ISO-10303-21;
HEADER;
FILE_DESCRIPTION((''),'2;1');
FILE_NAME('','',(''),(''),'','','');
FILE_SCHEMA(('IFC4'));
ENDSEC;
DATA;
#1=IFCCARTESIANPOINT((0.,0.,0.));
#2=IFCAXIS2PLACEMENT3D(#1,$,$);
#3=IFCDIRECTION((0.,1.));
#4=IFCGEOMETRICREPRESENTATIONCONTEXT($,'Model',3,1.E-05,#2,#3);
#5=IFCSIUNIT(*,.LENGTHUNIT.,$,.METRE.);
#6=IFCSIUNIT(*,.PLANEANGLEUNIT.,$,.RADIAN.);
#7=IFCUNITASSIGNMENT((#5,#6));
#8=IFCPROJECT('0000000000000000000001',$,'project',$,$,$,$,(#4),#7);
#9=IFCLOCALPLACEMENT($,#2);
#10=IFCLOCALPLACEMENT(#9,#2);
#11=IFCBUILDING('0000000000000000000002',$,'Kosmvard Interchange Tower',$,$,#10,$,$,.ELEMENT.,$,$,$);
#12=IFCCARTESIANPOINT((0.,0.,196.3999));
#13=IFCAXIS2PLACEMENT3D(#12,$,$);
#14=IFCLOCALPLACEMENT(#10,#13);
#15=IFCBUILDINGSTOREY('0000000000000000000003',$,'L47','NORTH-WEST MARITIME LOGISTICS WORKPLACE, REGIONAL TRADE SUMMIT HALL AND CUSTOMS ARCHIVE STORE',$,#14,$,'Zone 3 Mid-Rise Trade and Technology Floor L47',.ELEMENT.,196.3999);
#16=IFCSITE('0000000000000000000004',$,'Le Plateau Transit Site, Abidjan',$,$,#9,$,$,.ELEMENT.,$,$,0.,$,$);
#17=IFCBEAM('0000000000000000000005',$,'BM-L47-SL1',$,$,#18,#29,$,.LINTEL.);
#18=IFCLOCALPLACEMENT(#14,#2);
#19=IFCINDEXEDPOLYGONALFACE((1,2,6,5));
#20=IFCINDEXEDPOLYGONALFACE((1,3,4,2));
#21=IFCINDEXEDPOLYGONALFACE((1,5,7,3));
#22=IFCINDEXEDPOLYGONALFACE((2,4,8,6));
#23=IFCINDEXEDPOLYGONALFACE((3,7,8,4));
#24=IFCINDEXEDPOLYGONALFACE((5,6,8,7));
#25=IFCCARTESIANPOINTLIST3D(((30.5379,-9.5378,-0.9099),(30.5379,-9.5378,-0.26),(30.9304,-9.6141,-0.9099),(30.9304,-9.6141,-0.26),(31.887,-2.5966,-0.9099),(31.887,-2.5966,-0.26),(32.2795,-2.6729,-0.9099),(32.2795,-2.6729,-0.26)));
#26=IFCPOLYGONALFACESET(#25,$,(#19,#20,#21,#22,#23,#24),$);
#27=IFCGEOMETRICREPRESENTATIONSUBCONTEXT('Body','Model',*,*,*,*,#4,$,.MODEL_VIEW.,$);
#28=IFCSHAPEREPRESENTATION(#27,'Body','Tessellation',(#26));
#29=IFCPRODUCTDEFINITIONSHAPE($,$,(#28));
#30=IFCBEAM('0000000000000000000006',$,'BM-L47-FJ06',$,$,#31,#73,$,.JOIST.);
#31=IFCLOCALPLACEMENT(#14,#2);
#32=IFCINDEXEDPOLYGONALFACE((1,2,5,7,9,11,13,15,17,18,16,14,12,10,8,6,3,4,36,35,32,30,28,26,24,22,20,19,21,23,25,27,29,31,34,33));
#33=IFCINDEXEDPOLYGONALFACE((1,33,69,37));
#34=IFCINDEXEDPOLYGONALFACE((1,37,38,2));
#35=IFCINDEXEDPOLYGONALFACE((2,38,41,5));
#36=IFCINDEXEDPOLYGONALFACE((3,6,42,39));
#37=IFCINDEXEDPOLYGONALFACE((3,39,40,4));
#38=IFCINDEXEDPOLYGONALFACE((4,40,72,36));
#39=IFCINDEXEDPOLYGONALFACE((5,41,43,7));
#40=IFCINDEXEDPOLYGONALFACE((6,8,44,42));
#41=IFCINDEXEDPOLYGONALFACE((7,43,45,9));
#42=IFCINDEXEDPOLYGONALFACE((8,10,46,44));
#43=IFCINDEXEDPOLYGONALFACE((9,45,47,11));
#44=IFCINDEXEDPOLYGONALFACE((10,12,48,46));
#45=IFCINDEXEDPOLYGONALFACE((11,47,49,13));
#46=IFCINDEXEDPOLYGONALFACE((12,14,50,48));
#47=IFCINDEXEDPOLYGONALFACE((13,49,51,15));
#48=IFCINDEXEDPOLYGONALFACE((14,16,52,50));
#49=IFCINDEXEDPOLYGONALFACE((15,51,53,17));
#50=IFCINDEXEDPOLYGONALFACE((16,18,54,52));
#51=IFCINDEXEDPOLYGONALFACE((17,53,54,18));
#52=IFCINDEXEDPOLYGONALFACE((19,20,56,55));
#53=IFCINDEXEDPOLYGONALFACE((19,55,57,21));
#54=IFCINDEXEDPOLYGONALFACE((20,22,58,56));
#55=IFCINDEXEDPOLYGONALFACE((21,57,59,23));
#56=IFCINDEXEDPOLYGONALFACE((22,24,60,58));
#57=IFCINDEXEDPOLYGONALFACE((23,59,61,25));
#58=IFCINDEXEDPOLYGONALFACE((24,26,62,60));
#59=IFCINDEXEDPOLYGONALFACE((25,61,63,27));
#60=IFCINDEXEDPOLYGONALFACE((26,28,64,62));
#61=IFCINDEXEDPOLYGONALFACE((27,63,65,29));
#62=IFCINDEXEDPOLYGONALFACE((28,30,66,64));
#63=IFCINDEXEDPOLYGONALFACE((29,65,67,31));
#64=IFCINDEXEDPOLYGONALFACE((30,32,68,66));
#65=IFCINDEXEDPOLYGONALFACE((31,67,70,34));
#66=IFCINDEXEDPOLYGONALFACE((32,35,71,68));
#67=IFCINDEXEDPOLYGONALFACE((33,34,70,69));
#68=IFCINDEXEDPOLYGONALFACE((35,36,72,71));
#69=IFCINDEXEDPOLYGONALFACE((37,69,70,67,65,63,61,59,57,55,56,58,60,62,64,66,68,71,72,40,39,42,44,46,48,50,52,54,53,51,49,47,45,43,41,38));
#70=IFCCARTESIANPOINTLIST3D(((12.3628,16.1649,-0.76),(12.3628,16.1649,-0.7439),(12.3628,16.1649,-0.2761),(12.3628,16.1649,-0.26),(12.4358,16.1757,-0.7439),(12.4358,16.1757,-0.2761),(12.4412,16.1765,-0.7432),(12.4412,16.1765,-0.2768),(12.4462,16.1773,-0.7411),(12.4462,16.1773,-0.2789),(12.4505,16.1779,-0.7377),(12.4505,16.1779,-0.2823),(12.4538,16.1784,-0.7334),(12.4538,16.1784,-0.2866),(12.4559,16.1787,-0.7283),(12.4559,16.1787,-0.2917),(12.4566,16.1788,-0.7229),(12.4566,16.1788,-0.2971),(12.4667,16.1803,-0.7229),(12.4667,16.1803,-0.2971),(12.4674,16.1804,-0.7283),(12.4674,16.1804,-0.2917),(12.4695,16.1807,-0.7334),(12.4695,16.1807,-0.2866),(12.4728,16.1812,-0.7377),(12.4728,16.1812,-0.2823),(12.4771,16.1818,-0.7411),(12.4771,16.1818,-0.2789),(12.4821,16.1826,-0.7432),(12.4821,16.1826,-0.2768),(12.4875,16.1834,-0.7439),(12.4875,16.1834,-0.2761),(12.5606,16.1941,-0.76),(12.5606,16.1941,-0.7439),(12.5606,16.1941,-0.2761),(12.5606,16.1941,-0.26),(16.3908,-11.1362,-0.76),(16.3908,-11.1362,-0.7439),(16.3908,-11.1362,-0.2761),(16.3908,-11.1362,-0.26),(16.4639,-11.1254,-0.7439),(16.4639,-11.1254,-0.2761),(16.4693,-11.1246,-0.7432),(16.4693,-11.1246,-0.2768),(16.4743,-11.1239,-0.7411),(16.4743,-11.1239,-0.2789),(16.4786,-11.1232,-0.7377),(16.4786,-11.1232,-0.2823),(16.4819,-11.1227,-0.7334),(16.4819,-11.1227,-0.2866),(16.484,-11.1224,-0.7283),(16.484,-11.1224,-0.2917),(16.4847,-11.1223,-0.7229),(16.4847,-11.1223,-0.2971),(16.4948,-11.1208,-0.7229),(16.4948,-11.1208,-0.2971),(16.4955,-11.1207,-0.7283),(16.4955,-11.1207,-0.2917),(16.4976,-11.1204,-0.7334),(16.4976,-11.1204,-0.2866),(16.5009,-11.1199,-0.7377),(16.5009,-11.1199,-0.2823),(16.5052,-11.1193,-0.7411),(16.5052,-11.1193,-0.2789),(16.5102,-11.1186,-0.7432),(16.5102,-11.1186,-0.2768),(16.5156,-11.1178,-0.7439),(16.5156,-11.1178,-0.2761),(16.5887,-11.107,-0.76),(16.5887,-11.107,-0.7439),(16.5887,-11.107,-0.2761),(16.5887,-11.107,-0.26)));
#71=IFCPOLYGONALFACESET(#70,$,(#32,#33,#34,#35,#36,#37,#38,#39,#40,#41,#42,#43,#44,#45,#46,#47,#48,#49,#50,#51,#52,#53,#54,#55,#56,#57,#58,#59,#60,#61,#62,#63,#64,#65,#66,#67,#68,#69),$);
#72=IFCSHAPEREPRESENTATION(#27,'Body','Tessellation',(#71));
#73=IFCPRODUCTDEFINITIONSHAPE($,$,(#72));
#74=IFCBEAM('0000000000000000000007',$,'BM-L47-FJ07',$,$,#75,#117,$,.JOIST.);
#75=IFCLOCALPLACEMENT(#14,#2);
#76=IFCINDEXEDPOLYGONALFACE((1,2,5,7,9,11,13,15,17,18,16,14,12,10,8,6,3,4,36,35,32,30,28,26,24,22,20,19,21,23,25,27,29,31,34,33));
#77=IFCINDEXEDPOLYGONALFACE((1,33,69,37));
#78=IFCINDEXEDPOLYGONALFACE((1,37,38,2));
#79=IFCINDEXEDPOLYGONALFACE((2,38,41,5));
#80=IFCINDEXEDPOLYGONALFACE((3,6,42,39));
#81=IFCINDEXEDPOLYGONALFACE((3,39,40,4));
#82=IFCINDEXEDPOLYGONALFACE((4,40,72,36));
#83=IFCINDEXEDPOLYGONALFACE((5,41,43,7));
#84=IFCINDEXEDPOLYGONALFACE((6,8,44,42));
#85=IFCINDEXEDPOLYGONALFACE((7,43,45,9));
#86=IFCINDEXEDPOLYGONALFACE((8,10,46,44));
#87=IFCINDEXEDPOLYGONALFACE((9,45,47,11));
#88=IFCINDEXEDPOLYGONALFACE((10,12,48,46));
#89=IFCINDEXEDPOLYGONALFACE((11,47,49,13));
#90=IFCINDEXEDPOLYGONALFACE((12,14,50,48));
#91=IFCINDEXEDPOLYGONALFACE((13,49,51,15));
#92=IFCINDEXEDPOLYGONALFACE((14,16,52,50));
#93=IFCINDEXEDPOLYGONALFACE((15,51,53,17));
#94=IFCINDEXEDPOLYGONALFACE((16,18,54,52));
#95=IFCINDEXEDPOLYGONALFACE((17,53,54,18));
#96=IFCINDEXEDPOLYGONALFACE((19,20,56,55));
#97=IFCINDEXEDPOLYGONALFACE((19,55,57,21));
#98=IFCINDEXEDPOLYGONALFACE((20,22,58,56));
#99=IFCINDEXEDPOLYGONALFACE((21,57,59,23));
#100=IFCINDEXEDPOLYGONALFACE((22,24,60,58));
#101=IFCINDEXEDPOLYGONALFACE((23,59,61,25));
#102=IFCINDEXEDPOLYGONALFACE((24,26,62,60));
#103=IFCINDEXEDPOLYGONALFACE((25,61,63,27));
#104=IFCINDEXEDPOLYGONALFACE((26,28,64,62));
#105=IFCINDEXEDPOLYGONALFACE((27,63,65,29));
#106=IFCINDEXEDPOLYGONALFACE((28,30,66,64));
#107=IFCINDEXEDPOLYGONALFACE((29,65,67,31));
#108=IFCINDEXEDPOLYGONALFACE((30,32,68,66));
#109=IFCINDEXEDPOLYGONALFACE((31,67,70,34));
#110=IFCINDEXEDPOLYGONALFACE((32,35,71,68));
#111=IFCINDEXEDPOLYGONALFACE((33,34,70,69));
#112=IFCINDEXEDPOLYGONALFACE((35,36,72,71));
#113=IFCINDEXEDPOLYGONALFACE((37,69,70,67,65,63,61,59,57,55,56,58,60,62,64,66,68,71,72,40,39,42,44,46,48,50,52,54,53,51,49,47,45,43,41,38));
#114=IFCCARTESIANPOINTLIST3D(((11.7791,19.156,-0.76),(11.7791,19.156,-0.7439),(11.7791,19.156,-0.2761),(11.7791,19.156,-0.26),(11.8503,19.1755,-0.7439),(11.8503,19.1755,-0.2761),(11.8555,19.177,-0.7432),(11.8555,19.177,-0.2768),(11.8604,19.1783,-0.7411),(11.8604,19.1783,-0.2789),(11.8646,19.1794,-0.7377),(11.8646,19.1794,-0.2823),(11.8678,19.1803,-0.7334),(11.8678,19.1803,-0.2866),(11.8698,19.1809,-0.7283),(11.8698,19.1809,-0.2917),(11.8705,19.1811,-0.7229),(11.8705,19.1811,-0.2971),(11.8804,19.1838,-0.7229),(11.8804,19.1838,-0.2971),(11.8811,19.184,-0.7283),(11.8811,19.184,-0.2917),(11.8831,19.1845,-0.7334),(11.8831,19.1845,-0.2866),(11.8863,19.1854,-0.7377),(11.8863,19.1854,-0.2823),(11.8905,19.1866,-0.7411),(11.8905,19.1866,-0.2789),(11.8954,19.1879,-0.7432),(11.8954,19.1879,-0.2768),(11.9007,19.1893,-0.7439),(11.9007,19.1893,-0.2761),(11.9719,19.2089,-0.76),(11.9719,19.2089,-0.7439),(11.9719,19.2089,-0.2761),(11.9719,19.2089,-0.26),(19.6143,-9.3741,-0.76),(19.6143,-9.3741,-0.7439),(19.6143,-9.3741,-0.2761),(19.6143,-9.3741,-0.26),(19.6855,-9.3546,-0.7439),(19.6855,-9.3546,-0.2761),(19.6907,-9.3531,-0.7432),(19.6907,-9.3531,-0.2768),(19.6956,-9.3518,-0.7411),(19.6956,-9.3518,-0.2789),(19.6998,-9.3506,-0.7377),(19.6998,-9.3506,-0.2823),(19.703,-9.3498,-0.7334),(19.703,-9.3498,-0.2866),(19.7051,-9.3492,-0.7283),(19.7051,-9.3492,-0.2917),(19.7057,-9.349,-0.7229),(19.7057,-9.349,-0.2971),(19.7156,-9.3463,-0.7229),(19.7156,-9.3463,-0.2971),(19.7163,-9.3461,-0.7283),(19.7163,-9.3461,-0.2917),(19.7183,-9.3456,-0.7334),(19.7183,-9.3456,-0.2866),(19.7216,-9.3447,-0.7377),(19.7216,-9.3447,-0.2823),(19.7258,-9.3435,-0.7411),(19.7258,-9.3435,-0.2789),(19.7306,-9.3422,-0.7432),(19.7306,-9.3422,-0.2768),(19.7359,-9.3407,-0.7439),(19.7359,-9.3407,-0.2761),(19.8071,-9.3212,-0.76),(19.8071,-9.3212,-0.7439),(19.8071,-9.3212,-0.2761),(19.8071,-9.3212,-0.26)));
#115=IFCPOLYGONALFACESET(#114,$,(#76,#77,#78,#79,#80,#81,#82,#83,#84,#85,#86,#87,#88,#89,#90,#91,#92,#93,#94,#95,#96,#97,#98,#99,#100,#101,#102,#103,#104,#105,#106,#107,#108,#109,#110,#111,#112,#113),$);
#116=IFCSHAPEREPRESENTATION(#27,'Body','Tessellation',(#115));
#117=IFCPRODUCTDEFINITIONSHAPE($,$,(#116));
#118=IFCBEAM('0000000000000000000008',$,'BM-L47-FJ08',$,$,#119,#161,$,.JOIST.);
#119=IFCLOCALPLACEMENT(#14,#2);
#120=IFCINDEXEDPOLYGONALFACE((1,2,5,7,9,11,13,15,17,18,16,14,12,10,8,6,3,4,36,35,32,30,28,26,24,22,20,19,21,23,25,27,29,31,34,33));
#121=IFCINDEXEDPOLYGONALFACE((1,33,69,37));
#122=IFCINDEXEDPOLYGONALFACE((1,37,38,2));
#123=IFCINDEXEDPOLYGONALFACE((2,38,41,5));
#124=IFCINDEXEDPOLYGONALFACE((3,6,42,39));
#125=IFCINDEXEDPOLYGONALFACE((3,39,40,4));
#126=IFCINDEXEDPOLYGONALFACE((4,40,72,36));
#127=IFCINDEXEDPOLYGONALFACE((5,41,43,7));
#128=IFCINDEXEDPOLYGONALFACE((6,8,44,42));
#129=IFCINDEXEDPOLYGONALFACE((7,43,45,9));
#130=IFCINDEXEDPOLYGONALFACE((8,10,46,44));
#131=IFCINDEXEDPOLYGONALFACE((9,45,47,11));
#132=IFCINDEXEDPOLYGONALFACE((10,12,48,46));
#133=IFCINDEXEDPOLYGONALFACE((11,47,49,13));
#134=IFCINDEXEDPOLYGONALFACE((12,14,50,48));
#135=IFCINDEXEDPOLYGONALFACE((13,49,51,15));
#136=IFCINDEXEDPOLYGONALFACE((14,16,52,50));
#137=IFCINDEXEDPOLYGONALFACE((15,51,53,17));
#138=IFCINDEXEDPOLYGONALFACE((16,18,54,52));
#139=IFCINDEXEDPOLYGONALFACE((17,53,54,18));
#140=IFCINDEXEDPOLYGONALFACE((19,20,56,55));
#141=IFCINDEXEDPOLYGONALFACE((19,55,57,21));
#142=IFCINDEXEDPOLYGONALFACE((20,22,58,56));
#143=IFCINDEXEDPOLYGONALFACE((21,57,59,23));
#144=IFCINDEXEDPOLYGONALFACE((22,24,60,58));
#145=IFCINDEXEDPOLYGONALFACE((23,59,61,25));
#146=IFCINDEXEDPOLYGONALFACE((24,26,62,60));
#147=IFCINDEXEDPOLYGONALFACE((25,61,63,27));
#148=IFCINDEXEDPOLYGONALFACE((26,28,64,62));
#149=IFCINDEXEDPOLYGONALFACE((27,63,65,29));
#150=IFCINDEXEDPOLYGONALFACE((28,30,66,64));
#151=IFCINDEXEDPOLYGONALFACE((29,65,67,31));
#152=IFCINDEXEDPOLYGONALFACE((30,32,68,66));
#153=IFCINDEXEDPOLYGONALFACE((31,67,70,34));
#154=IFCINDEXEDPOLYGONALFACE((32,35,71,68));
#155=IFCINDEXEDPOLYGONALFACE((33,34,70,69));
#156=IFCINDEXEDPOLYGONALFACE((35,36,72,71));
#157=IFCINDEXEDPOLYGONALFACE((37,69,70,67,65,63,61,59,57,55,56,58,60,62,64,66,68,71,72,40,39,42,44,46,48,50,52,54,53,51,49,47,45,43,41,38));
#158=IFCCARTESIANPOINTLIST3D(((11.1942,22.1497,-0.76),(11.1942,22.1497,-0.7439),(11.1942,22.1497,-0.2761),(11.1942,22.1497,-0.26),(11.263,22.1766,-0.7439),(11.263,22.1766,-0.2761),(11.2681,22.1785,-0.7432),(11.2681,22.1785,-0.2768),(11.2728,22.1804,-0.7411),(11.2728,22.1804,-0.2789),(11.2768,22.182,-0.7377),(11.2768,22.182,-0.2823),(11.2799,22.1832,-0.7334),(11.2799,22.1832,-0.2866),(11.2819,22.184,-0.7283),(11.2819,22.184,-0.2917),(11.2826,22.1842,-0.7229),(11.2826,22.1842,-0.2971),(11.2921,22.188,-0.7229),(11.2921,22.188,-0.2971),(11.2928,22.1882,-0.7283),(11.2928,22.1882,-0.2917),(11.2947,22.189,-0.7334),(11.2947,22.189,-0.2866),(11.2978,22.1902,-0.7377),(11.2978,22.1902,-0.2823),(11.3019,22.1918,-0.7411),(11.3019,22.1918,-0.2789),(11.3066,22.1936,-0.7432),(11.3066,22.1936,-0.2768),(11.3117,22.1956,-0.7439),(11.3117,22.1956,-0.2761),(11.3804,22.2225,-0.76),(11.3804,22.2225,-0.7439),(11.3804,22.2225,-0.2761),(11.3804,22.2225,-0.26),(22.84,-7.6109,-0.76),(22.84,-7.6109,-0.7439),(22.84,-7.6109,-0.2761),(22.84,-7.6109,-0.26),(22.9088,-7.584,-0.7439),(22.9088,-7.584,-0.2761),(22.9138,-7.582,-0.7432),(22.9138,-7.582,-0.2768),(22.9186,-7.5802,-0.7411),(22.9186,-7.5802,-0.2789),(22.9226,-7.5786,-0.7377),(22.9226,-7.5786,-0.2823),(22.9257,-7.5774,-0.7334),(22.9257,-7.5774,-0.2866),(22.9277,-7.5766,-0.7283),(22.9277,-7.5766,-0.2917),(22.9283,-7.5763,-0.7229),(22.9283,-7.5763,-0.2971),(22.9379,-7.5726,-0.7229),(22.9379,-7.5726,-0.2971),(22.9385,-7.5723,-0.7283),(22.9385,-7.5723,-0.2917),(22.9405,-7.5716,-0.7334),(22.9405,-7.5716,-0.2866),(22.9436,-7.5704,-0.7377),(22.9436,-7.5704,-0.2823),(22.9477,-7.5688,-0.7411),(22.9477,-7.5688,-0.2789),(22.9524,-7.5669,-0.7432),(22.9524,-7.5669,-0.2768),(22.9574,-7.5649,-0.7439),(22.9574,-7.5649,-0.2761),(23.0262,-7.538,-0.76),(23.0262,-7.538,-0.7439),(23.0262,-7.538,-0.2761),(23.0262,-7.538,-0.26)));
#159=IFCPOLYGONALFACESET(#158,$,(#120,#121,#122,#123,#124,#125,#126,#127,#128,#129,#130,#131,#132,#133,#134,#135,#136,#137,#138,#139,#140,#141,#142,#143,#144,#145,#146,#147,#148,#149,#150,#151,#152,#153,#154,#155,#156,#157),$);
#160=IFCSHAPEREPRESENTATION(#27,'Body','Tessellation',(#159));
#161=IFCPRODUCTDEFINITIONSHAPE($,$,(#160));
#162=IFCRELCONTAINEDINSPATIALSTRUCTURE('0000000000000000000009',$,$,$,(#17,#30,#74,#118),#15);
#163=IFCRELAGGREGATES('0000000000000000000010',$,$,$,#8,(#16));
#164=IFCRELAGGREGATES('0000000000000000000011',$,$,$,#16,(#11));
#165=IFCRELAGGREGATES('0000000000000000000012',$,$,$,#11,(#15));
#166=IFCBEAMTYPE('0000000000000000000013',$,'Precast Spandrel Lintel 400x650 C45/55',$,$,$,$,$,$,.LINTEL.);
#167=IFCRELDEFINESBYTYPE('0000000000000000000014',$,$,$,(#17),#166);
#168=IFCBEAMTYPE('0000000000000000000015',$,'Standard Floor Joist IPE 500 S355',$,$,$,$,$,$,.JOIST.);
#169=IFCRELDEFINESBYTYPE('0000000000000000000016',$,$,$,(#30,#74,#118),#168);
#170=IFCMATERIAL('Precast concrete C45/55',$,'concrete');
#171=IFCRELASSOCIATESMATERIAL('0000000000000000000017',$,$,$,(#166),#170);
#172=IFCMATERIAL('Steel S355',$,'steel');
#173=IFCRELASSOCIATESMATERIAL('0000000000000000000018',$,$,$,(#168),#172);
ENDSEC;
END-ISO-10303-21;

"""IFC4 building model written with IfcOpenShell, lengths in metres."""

from ifc_helpers import new_model, si_unit, direction, frame, origin, origin_2d, place, context, subcontext, project, spatial, rectangle, i_section, extrude, source, transform, mapped, material, material_profile, profile_set, type_object, element, save


model = new_model("IFC4")

# Units and contexts
model_context = context("Model", 3, precision=1e-05, world=origin(), true_north=direction((0.0, 1.0)))
body_context = subcontext(model_context, "Body", "Model", "MODEL_VIEW")
ifc_project = project(units=[si_unit("LENGTHUNIT", "METRE"), si_unit("PLANEANGLEUNIT", "RADIAN")], contexts=[model_context])

# Site, building, storey
site_placement = place(None, origin())
site = spatial("IfcSite", under=ifc_project, at=site_placement, Name="Le Plateau Transit Site, Abidjan", CompositionType="ELEMENT", RefElevation=0.0)
building_placement = place(site_placement, origin())
building = spatial("IfcBuilding", under=site, at=building_placement, Name="Kosmvard Interchange Tower", CompositionType="ELEMENT")
storey_placement = place(building_placement, frame((0.0, 0.0, 196.3999)))
storey = spatial("IfcBuildingStorey", under=building, at=storey_placement, Name="L47", Description="NORTH-WEST MARITIME LOGISTICS WORKPLACE, REGIONAL TRADE SUMMIT HALL AND CUSTOMS ARCHIVE STORE", LongName="Zone 3 Mid-Rise Trade and Technology Floor L47", CompositionType="ELEMENT", Elevation=196.3999)

# Beams
ifc_material_1 = material(Name="Steel S355", Category="steel")
ifc_material_2 = material(Name="Precast concrete C45/55", Category="concrete")
ifc_material_profile_1 = material_profile(ifc_material_2, rectangle(XDim=0.3999, YDim=0.6499, at=origin_2d()), Name="SL 400x650")
ifc_profile_set_1 = profile_set([ifc_material_profile_1], Name="Precast concrete C45/55")
beam_type_1 = type_object("IfcBeamType", Name="Precast Spandrel Lintel 400x650 C45/55", PredefinedType="LINTEL", material=ifc_profile_set_1)
shared_shape_1 = source(origin(), body_context, "Body", "SweptSolid", [
    extrude(rectangle(XDim=0.3999, YDim=0.6499, at=origin_2d()), origin(), (0.0, 0.0, 1.0), 7.071),
])
beam_1_placement = place(storey_placement, frame((30.7341, -9.5759, -0.585), z_axis=(0.190795, 0.98163, 0.0), x_axis=(-0.98163, 0.190795, 0.0)))
element("IfcBeam", 1, at=beam_1_placement, inside=storey, type_object=beam_type_1, Name="BM-L47-SL1", PredefinedType="LINTEL", context=body_context, shape_type="MappedRepresentation", body=[
    mapped(shared_shape_1, transform((0.0, 0.0, 0.0), scale=1.0)),
])
ifc_material_profile_2 = material_profile(ifc_material_1, i_section(OverallWidth=0.2, OverallDepth=0.5, WebThickness=0.0103, FlangeThickness=0.0161, FilletRadius=0.021, at=origin_2d()), Name="IPE 500")
ifc_profile_set_2 = profile_set([ifc_material_profile_2], Name="Steel S355")
beam_type_2 = type_object("IfcBeamType", Name="Standard Floor Joist IPE 500 S355", PredefinedType="JOIST", material=ifc_profile_set_2)
shared_shape_2 = source(origin(), body_context, "Body", "SweptSolid", [
    extrude(i_section(OverallWidth=0.2, OverallDepth=0.5, WebThickness=0.0103, FlangeThickness=0.0161, FilletRadius=0.021, at=origin_2d()), origin(), (0.0, 0.0, 1.0), 27.5967),
])
beam_2_placement = place(storey_placement, frame((16.4897, -11.1216, -0.51), z_axis=(-0.145963, 0.98929, 0.0), x_axis=(-0.98929, -0.145963, 0.0)))
element("IfcBeam", 2, at=beam_2_placement, inside=storey, type_object=beam_type_2, Name="BM-L47-FJ06", PredefinedType="JOIST", context=body_context, shape_type="MappedRepresentation", body=[
    mapped(shared_shape_2, transform((0.0, 0.0, 0.0), scale=1.0)),
])
shared_shape_3 = source(origin(), body_context, "Body", "SweptSolid", [
    extrude(i_section(OverallWidth=0.2, OverallDepth=0.5, WebThickness=0.0103, FlangeThickness=0.0161, FilletRadius=0.021, at=origin_2d()), origin(), (0.0, 0.0, 1.0), 29.5864),
])
beam_3_placement = place(storey_placement, frame((19.7107, -9.3477, -0.51), z_axis=(-0.264825, 0.964297, 0.0), x_axis=(-0.964297, -0.264825, 0.0)))
element("IfcBeam", 3, at=beam_3_placement, inside=storey, type_object=beam_type_2, Name="BM-L47-FJ07", PredefinedType="JOIST", context=body_context, shape_type="MappedRepresentation", body=[
    mapped(shared_shape_3, transform((0.0, 0.0, 0.0), scale=1.0)),
])
shared_shape_4 = source(origin(), body_context, "Body", "SweptSolid", [
    extrude(i_section(OverallWidth=0.2, OverallDepth=0.5, WebThickness=0.0103, FlangeThickness=0.0161, FilletRadius=0.021, at=origin_2d()), origin(), (0.0, 0.0, 1.0), 31.958),
])
beam_4_placement = place(storey_placement, frame((22.9331, -7.5745, -0.51), z_axis=(-0.364409, 0.931239, 0.0), x_axis=(-0.931239, -0.364409, 0.0)))
element("IfcBeam", 4, at=beam_4_placement, inside=storey, type_object=beam_type_2, Name="BM-L47-FJ08", PredefinedType="JOIST", context=body_context, shape_type="MappedRepresentation", body=[
    mapped(shared_shape_4, transform((0.0, 0.0, 0.0), scale=1.0)),
])

save(model, "model.ifc")
